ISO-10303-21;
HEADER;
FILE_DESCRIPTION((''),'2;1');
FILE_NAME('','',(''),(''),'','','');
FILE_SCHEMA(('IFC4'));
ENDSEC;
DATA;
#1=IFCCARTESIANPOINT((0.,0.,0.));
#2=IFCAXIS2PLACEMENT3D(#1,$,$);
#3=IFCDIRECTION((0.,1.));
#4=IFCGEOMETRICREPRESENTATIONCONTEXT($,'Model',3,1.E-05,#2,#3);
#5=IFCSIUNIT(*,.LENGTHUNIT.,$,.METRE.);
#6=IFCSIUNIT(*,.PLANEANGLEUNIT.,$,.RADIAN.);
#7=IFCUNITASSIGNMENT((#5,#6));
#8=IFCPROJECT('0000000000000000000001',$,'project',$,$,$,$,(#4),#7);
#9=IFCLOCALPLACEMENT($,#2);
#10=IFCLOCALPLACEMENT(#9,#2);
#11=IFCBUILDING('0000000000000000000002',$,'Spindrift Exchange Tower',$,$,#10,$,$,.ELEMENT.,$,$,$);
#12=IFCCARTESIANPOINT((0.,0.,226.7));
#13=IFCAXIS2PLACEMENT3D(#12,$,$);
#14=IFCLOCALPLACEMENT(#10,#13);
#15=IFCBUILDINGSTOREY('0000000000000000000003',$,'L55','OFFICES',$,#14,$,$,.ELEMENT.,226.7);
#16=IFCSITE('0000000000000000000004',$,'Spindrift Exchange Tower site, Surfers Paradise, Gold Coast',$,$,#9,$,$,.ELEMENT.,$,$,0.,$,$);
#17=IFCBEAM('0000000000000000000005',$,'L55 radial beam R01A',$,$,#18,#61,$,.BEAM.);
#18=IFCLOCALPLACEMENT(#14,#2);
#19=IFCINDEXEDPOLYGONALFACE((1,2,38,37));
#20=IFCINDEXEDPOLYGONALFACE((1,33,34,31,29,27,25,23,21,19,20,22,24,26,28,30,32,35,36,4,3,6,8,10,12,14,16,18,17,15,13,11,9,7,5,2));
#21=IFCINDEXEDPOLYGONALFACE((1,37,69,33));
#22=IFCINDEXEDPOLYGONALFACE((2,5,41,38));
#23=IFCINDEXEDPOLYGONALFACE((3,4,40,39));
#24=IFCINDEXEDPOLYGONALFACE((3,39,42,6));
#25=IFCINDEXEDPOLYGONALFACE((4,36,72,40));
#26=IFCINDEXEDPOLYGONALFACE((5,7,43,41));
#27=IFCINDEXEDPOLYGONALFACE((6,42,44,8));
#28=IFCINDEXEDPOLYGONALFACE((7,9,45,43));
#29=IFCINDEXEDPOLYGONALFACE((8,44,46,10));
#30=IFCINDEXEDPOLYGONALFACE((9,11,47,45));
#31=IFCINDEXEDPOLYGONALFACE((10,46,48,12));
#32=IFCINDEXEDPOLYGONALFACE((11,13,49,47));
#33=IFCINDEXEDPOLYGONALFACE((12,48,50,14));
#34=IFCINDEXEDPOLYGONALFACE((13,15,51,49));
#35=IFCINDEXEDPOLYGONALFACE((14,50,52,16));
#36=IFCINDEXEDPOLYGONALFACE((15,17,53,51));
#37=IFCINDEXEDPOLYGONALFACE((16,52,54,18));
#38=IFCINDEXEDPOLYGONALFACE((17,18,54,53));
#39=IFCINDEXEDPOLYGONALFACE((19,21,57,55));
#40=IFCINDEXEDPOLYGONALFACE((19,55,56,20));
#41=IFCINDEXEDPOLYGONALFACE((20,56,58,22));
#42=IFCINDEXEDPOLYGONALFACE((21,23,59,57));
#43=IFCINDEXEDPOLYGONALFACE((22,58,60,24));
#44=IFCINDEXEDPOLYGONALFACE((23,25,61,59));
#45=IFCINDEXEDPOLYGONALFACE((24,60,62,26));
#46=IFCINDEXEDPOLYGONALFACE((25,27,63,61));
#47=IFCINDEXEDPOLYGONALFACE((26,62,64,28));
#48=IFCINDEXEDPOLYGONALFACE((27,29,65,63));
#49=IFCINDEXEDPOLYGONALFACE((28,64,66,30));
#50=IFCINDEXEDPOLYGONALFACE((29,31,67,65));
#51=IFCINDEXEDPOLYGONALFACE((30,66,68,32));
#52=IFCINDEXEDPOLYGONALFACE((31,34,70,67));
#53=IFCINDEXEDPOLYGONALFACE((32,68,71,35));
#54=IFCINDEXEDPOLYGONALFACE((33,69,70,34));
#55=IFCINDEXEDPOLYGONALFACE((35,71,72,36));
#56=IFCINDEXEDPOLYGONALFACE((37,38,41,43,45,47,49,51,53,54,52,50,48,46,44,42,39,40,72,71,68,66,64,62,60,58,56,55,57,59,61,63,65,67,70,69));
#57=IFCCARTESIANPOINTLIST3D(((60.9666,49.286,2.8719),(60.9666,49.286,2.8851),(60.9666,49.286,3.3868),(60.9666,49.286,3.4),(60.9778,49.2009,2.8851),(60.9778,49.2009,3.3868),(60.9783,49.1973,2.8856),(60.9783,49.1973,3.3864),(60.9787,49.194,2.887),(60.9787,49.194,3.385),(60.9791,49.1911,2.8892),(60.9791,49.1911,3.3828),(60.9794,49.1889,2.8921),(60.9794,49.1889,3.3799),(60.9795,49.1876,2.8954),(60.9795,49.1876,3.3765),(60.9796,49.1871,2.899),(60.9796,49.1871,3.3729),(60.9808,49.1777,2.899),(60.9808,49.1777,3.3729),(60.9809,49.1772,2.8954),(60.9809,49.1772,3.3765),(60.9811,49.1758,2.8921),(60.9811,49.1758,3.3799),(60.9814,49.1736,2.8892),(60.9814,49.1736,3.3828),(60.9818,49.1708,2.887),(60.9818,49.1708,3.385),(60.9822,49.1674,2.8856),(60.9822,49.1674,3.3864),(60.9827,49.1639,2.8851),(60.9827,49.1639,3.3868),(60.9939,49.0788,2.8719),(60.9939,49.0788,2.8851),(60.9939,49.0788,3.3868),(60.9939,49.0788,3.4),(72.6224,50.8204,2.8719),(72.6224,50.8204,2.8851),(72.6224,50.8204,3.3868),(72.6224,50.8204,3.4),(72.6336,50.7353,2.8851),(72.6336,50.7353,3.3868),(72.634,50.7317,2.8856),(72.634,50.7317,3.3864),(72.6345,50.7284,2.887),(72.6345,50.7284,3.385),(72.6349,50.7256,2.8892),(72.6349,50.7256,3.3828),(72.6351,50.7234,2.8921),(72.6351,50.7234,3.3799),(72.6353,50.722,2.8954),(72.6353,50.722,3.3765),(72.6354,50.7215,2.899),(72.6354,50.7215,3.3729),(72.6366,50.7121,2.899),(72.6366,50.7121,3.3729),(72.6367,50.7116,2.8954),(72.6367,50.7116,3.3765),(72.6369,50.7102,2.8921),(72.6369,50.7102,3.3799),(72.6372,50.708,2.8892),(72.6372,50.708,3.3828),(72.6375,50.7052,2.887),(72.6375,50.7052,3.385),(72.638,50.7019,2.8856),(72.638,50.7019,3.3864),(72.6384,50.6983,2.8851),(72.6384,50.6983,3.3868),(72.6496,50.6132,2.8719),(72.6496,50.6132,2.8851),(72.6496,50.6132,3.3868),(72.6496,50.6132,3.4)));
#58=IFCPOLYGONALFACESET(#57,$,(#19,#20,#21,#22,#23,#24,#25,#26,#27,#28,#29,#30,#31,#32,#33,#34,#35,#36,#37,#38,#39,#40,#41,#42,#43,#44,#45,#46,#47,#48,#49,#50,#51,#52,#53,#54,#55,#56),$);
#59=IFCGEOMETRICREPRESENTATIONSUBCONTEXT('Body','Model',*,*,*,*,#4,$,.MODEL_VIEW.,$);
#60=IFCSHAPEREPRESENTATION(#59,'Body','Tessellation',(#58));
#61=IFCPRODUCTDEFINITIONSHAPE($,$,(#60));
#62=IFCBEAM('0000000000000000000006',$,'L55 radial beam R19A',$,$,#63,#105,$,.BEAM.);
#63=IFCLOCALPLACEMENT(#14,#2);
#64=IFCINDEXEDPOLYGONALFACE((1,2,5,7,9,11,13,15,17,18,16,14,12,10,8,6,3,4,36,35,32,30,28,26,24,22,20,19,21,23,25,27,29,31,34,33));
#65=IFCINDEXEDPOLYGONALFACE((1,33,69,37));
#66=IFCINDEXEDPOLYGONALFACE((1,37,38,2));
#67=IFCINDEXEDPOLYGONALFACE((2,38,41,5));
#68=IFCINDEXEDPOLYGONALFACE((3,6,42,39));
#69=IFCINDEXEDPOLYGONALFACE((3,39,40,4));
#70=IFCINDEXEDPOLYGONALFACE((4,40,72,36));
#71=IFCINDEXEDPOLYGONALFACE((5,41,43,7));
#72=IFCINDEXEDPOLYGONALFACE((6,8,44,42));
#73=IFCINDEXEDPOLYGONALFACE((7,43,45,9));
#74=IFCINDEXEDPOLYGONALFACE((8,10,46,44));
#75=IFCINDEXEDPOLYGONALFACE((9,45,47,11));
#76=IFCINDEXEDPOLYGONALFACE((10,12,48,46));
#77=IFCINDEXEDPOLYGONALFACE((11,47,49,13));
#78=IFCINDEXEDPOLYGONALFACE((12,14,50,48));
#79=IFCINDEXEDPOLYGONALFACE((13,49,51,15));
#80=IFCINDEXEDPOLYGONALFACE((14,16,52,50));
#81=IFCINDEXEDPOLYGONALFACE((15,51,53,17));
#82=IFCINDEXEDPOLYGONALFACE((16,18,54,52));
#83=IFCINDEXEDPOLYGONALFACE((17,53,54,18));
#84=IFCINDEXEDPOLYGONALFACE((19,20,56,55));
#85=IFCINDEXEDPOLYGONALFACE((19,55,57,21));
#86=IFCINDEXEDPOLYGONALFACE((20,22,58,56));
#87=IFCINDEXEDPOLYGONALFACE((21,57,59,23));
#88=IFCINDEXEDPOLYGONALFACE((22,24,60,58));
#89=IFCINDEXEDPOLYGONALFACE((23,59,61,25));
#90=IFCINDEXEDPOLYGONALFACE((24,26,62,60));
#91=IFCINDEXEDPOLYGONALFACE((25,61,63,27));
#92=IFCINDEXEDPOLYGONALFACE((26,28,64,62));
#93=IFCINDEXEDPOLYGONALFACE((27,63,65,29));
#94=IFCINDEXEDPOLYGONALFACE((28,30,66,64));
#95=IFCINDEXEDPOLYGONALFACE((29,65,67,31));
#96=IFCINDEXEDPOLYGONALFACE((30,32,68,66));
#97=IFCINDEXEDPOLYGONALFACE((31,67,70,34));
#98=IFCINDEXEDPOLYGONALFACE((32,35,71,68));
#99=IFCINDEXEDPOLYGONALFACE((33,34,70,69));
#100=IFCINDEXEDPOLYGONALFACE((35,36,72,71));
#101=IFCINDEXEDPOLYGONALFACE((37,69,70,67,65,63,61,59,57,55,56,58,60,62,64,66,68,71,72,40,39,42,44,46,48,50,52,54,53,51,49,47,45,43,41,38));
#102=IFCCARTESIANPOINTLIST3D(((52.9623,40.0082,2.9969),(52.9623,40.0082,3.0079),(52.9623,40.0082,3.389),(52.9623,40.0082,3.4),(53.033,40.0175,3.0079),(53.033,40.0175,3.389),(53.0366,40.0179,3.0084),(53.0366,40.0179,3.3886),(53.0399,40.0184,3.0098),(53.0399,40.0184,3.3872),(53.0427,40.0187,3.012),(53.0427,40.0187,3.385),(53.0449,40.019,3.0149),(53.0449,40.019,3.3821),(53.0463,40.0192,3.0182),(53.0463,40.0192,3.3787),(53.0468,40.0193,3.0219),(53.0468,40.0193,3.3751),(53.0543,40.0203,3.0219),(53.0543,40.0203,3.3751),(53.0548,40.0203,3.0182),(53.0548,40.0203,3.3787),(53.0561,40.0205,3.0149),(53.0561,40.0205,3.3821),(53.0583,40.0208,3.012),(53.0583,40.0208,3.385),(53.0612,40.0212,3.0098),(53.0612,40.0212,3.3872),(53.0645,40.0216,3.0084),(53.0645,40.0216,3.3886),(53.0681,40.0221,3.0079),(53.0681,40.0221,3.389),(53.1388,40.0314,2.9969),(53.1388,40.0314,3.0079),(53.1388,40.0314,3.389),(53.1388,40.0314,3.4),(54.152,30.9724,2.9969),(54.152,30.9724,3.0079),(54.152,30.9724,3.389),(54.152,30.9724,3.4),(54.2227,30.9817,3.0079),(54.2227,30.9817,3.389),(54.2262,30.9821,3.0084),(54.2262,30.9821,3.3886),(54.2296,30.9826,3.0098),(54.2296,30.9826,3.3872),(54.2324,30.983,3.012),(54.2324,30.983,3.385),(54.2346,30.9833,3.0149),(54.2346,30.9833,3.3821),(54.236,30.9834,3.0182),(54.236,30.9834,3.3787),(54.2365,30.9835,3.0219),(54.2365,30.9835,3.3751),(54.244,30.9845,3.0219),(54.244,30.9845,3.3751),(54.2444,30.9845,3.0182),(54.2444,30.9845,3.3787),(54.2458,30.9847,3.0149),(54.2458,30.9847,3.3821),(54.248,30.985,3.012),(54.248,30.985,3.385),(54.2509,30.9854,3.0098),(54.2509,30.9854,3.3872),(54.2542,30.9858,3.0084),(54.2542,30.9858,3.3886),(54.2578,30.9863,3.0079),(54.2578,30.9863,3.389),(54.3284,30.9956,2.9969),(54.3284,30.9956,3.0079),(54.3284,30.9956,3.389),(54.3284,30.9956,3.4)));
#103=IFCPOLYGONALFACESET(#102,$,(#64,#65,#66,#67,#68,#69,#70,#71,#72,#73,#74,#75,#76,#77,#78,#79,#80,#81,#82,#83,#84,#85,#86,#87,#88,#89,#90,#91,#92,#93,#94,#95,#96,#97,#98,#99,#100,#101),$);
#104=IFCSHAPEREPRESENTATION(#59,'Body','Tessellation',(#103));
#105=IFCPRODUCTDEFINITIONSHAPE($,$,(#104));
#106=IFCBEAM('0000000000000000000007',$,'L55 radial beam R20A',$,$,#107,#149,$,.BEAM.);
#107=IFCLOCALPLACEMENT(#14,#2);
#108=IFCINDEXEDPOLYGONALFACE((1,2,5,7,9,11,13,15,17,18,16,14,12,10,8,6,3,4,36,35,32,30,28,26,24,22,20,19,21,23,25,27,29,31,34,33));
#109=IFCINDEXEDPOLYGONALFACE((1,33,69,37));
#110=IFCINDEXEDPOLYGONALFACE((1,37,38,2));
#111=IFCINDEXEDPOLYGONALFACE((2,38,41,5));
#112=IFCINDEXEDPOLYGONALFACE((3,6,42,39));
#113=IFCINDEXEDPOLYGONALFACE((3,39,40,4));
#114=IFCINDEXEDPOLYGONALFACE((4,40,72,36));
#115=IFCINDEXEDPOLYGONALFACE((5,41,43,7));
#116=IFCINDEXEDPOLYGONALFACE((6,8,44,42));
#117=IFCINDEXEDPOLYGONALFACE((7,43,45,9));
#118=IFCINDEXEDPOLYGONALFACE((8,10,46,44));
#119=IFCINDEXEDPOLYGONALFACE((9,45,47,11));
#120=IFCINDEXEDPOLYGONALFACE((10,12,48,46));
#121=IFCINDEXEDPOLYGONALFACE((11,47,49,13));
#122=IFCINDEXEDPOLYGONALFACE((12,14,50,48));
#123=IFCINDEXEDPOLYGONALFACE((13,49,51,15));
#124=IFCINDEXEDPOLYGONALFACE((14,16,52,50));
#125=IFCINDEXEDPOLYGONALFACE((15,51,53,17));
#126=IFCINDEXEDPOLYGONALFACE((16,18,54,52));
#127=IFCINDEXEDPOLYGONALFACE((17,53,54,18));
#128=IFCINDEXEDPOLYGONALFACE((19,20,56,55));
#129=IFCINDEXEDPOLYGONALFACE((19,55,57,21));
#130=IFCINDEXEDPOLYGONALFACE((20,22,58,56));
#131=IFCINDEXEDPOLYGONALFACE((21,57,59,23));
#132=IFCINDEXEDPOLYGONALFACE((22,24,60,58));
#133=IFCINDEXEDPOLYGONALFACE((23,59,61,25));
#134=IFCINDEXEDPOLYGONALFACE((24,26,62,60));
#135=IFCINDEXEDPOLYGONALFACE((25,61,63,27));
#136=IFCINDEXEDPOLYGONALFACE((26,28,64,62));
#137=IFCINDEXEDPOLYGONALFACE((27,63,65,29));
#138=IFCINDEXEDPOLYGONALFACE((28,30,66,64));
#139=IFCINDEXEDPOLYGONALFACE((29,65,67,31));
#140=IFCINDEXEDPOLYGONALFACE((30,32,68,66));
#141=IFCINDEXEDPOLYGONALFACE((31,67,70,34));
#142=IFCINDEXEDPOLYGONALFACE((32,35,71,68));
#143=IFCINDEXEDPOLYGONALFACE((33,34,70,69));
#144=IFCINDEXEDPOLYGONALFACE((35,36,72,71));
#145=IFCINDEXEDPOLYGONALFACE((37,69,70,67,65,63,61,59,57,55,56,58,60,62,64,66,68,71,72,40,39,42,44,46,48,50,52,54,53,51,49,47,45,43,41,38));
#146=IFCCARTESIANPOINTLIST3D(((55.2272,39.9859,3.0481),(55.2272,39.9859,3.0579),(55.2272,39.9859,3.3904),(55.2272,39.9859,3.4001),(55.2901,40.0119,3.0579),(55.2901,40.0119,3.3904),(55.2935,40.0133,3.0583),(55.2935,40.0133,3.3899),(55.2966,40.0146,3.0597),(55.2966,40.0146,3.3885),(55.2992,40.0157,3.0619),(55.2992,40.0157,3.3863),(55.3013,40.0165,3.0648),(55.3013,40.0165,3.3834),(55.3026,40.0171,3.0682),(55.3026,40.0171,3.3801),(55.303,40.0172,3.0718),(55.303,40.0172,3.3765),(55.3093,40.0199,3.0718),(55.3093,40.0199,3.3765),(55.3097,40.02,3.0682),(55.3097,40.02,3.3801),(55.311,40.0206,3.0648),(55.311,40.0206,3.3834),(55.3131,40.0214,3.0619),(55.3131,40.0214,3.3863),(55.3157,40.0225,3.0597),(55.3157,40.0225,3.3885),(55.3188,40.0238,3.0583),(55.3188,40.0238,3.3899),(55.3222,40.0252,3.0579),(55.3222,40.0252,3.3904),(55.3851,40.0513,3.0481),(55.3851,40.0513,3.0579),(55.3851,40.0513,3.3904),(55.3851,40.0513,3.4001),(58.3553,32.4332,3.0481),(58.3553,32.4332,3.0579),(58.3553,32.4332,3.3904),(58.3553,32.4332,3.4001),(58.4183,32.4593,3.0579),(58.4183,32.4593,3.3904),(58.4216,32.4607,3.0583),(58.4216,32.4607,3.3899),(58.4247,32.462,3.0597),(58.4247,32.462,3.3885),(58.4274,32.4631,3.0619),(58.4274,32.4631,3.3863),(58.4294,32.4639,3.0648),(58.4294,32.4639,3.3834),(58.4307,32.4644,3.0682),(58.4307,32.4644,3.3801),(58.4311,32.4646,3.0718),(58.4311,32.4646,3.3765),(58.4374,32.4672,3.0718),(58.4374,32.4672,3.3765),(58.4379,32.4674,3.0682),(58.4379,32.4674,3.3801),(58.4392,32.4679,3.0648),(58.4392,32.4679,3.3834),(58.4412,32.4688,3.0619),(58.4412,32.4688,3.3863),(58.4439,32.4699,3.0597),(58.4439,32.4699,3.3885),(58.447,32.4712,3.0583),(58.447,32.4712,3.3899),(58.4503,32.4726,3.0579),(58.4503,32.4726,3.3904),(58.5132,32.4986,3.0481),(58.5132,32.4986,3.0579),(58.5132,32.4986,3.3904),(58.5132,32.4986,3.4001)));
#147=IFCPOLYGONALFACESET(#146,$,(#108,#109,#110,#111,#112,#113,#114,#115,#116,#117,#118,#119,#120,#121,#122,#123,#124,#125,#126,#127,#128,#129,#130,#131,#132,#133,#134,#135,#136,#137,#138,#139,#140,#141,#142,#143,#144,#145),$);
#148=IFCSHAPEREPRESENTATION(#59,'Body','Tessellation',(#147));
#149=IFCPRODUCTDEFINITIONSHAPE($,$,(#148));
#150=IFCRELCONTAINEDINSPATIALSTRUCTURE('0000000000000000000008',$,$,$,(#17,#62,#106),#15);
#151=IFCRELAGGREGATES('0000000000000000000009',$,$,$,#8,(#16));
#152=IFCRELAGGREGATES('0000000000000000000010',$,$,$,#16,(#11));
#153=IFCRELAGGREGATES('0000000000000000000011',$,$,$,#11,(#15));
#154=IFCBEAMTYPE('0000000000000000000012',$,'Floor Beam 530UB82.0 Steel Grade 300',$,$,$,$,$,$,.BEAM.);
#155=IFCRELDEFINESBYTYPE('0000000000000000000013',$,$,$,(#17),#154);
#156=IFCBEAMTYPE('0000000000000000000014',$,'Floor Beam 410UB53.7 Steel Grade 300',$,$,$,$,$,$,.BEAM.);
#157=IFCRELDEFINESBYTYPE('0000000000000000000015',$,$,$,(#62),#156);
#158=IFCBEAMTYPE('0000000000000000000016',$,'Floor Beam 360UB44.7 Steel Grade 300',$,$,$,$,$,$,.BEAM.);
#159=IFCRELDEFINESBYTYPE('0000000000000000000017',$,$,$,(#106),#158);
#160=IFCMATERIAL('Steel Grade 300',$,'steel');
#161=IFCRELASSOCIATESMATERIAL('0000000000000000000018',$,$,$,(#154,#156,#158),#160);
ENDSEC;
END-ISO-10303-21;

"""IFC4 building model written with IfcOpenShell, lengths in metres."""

from ifc_helpers import new_model, si_unit, direction, frame, origin, origin_2d, place, context, subcontext, project, spatial, i_section, extrude, source, transform, mapped, material, material_profile, profile_set, type_object, element, save


model = new_model("IFC4")

# Units and contexts
model_context = context("Model", 3, precision=1e-05, world=origin(), true_north=direction((0.0, 1.0)))
body_context = subcontext(model_context, "Body", "Model", "MODEL_VIEW")
ifc_project = project(units=[si_unit("LENGTHUNIT", "METRE"), si_unit("PLANEANGLEUNIT", "RADIAN")], contexts=[model_context])

# Site, building, storey
site_placement = place(None, origin())
site = spatial("IfcSite", under=ifc_project, at=site_placement, Name="Spindrift Exchange Tower site, Surfers Paradise, Gold Coast", CompositionType="ELEMENT", RefElevation=0.0)
building_placement = place(site_placement, origin())
building = spatial("IfcBuilding", under=site, at=building_placement, Name="Spindrift Exchange Tower", CompositionType="ELEMENT")
storey_placement = place(building_placement, frame((0.0, 0.0, 226.7)))
storey = spatial("IfcBuildingStorey", under=building, at=storey_placement, Name="L55", Description="OFFICES", CompositionType="ELEMENT", Elevation=226.7)

# Beams
ifc_material_1 = material(Name="Steel Grade 300", Category="steel")
ifc_material_profile_1 = material_profile(ifc_material_1, i_section(OverallWidth=0.209, OverallDepth=0.5281, WebThickness=0.0095, FlangeThickness=0.0132, FilletRadius=0.0139, at=origin_2d()), Name="530UB82.0")
ifc_profile_set_1 = profile_set([ifc_material_profile_1], Name="Steel Grade 300")
beam_type_1 = type_object("IfcBeamType", Name="Floor Beam 530UB82.0 Steel Grade 300", PredefinedType="BEAM", material=ifc_profile_set_1)
shared_shape_1 = source(origin(), body_context, "Body", "SweptSolid", [
    extrude(i_section(OverallWidth=0.209, OverallDepth=0.5281, WebThickness=0.0095, FlangeThickness=0.0132, FilletRadius=0.0139, at=origin_2d()), origin(), (0.0, 0.0, 1.0), 11.7563),
])
beam_1_placement = place(storey_placement, frame((60.9802, 49.1824, 3.136), z_axis=(0.991446, 0.130519, 0.0), x_axis=(-0.130519, 0.991446, 0.0)))
element("IfcBeam", 1, at=beam_1_placement, inside=storey, type_object=beam_type_1, Name="L55 radial beam R01A", PredefinedType="BEAM", context=body_context, shape_type="MappedRepresentation", body=[
    mapped(shared_shape_1, transform((0.0, 0.0, 0.0), scale=1.0)),
])
ifc_material_profile_2 = material_profile(ifc_material_1, i_section(OverallWidth=0.178, OverallDepth=0.4031, WebThickness=0.0076, FlangeThickness=0.011, FilletRadius=0.0139, at=origin_2d()), Name="410UB53.7")
ifc_profile_set_2 = profile_set([ifc_material_profile_2], Name="Steel Grade 300")
beam_type_2 = type_object("IfcBeamType", Name="Floor Beam 410UB53.7 Steel Grade 300", PredefinedType="BEAM", material=ifc_profile_set_2)
shared_shape_2 = source(origin(), body_context, "Body", "SweptSolid", [
    extrude(i_section(OverallWidth=0.178, OverallDepth=0.4031, WebThickness=0.0076, FlangeThickness=0.011, FilletRadius=0.0139, at=origin_2d()), origin(), (0.0, 0.0, 1.0), 9.1138),
])
beam_2_placement = place(storey_placement, frame((53.0505, 40.0198, 3.1985), z_axis=(0.130537, -0.991443, 0.0), x_axis=(0.991443, 0.130537, 0.0)))
element("IfcBeam", 2, at=beam_2_placement, inside=storey, type_object=beam_type_2, Name="L55 radial beam R19A", PredefinedType="BEAM", context=body_context, shape_type="MappedRepresentation", body=[
    mapped(shared_shape_2, transform((0.0, 0.0, 0.0), scale=1.0)),
])
ifc_material_profile_3 = material_profile(ifc_material_1, i_section(OverallWidth=0.1709, OverallDepth=0.3521, WebThickness=0.0068, FlangeThickness=0.0098, FilletRadius=0.0139, at=origin_2d()), Name="360UB44.7")
ifc_profile_set_3 = profile_set([ifc_material_profile_3], Name="Steel Grade 300")
beam_type_3 = type_object("IfcBeamType", Name="Floor Beam 360UB44.7 Steel Grade 300", PredefinedType="BEAM", material=ifc_profile_set_3)
shared_shape_3 = source(origin(), body_context, "Body", "SweptSolid", [
    extrude(i_section(OverallWidth=0.1709, OverallDepth=0.3521, WebThickness=0.0068, FlangeThickness=0.0098, FilletRadius=0.0139, at=origin_2d()), origin(), (0.0, 0.0, 1.0), 8.1748),
])
beam_3_placement = place(storey_placement, frame((55.3062, 40.0186, 3.2241), z_axis=(0.382655, -0.923891, 0.0), x_axis=(0.923891, 0.382655, 0.0)))
element("IfcBeam", 3, at=beam_3_placement, inside=storey, type_object=beam_type_3, Name="L55 radial beam R20A", PredefinedType="BEAM", context=body_context, shape_type="MappedRepresentation", body=[
    mapped(shared_shape_3, transform((0.0, 0.0, 0.0), scale=1.0)),
])

save(model, "model.ifc")
